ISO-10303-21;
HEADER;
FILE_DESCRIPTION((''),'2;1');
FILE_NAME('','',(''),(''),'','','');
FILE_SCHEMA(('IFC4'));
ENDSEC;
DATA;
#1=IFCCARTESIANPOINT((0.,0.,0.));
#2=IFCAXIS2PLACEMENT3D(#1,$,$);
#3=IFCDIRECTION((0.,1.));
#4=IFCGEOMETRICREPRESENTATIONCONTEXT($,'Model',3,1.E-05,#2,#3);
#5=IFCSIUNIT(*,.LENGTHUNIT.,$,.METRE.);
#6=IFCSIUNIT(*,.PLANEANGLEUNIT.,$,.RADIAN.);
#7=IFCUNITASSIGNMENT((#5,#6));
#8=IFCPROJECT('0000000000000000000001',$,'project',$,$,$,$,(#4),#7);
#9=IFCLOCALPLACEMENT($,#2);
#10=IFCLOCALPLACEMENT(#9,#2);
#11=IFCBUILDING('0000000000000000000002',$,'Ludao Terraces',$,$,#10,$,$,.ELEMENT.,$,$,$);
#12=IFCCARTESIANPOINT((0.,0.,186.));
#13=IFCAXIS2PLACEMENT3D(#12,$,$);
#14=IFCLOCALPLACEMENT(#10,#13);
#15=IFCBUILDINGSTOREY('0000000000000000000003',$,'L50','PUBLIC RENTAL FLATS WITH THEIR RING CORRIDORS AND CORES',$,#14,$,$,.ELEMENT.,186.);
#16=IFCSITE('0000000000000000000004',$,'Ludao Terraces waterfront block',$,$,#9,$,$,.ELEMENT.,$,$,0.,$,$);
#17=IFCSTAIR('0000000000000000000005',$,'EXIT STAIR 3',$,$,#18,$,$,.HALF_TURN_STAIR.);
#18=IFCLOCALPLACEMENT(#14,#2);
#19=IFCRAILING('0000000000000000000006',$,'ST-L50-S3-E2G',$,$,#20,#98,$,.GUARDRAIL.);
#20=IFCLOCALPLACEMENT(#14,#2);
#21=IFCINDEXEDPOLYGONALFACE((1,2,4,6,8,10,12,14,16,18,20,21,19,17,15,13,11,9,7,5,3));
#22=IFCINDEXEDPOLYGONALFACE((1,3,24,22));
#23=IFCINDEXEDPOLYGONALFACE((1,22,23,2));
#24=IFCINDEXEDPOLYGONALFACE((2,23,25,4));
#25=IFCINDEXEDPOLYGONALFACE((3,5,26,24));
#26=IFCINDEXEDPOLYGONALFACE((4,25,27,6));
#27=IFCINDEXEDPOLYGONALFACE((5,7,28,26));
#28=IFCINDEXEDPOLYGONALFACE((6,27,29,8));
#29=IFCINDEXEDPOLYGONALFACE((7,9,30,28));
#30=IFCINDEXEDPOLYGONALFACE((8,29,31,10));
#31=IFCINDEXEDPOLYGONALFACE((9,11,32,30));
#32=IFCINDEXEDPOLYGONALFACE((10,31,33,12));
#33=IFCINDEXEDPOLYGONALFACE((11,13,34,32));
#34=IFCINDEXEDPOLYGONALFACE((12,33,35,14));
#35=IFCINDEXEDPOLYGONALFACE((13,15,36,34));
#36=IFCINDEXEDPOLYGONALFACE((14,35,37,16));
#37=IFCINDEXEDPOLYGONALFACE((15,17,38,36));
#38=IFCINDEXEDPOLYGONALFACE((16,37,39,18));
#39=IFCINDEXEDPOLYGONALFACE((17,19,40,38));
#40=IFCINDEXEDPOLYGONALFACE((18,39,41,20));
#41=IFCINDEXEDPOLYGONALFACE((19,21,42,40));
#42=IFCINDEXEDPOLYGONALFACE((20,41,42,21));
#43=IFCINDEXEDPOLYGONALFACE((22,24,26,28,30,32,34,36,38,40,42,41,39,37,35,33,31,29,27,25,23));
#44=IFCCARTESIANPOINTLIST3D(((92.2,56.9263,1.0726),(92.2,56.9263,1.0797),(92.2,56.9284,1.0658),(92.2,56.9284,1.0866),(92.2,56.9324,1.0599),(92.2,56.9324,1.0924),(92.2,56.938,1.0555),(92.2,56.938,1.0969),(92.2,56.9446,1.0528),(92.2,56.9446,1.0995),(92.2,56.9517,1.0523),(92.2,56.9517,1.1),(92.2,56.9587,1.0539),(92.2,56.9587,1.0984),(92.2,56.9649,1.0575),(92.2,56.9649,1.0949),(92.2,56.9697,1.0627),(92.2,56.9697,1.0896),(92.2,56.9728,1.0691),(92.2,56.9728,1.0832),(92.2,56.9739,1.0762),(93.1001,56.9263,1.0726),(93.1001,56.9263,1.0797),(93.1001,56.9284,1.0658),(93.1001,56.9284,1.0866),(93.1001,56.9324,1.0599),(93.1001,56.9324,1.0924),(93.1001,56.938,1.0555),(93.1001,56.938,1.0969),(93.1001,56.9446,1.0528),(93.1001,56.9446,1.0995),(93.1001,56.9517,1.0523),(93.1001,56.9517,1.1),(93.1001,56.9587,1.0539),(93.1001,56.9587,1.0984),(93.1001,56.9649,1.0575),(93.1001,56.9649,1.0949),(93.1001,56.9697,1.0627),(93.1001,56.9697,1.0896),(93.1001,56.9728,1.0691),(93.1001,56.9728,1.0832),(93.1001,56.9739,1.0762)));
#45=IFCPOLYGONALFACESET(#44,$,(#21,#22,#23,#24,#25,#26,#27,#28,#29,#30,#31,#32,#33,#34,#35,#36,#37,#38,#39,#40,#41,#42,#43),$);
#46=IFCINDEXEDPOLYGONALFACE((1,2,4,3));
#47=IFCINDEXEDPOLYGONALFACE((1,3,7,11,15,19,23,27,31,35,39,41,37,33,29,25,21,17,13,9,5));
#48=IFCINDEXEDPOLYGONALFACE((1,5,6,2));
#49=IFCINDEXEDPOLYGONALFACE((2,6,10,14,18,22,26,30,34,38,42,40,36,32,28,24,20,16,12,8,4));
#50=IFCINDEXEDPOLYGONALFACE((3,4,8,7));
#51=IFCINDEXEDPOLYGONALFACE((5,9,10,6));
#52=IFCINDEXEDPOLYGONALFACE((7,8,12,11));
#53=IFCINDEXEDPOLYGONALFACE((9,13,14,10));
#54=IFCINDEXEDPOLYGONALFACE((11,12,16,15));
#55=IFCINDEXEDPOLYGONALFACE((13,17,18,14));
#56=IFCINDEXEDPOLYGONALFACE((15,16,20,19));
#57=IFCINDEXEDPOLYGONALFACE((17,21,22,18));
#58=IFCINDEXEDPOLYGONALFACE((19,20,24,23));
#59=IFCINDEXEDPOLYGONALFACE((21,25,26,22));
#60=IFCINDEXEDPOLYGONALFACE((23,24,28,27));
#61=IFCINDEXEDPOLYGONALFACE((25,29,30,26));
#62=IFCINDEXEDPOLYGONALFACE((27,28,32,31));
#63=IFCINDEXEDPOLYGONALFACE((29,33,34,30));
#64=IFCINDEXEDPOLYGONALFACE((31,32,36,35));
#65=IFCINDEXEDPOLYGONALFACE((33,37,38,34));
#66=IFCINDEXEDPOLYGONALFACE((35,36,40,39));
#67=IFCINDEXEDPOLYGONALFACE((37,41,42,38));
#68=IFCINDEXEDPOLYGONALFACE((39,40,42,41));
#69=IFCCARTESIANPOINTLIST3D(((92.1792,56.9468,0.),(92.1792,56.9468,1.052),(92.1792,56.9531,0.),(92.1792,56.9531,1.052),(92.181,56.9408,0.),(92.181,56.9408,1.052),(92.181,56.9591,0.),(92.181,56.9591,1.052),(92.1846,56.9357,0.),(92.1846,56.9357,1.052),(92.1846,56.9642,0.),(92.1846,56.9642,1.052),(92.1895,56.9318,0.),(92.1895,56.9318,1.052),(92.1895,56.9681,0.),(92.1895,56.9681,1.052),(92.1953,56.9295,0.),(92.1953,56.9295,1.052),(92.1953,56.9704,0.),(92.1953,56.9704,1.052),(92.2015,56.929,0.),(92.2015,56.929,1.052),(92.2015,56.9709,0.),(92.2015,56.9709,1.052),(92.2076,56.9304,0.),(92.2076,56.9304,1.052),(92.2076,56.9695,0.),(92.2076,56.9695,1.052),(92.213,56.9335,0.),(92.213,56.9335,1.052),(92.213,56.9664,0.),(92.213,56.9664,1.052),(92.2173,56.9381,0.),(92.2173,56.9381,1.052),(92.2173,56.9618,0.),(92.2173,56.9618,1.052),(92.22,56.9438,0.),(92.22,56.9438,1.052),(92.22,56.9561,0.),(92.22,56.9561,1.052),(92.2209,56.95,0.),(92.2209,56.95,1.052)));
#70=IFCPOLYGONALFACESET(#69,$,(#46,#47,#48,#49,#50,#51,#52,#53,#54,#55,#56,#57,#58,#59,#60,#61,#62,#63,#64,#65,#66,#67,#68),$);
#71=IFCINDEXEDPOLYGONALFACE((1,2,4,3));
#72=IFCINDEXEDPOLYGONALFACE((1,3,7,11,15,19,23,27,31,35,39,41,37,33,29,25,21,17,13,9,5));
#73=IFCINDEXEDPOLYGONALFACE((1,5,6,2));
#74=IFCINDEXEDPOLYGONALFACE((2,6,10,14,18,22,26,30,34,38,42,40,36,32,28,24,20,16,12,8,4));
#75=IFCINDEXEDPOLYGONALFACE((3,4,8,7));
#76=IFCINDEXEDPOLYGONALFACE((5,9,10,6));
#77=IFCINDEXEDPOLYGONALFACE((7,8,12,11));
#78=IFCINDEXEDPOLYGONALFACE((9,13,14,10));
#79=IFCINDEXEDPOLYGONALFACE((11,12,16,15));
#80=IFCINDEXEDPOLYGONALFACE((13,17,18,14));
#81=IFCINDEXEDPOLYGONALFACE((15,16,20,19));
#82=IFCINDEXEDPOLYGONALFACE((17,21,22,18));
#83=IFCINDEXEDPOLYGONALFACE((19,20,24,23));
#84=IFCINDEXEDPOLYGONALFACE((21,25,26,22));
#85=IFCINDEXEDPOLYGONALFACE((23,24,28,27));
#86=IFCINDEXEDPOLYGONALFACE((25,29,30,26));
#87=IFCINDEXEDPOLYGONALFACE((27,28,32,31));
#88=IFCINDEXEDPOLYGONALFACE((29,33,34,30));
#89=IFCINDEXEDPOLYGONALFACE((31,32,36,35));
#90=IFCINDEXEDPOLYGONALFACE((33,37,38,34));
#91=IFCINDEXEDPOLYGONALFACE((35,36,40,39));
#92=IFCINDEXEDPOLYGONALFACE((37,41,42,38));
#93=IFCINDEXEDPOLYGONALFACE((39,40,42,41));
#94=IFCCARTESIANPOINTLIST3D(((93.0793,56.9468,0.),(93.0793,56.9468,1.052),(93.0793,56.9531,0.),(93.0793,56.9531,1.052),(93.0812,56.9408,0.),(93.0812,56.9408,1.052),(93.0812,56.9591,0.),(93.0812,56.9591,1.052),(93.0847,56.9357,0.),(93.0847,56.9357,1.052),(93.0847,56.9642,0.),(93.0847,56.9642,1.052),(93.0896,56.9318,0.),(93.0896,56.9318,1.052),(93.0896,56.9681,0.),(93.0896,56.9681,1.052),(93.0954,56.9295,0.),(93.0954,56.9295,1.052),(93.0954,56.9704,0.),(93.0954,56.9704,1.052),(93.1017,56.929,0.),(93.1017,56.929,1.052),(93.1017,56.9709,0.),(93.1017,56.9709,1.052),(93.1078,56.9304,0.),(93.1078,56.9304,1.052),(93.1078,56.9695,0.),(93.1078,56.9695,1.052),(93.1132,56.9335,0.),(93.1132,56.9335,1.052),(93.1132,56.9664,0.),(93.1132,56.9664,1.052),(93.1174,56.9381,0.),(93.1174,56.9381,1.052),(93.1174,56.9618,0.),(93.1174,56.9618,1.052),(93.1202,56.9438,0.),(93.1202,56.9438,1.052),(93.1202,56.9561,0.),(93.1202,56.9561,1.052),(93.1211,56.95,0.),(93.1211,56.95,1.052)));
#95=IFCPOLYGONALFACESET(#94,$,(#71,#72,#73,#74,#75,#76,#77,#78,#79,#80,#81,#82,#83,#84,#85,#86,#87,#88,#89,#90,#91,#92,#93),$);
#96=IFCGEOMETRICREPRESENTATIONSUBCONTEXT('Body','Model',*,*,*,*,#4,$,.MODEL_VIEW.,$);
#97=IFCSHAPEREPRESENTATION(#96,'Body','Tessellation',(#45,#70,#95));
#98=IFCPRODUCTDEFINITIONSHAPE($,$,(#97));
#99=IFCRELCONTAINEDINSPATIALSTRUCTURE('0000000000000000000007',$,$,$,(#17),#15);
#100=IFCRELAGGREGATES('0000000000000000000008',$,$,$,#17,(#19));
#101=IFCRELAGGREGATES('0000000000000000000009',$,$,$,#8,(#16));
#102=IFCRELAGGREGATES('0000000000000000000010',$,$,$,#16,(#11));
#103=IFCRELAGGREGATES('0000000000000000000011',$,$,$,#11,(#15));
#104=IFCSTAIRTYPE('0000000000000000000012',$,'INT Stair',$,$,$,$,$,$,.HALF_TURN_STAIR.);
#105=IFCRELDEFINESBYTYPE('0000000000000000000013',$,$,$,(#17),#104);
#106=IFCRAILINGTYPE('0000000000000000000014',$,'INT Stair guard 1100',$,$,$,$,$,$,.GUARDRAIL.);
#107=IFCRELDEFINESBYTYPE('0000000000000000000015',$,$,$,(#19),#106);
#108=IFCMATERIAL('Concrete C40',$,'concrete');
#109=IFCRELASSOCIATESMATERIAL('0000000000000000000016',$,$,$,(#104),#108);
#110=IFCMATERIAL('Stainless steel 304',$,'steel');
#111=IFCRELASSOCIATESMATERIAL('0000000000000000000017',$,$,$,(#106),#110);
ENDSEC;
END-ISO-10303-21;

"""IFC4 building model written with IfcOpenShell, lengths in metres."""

from ifc_helpers import new_model, si_unit, direction, frame, origin, origin_2d, place, context, subcontext, project, spatial, circle, extrude, material, type_object, element, aggregate, save


model = new_model("IFC4")

# Units and contexts
model_context = context("Model", 3, precision=1e-05, world=origin(), true_north=direction((0.0, 1.0)))
body_context = subcontext(model_context, "Body", "Model", "MODEL_VIEW")
ifc_project = project(units=[si_unit("LENGTHUNIT", "METRE"), si_unit("PLANEANGLEUNIT", "RADIAN")], contexts=[model_context])

# Site, building, storey
site_placement = place(None, origin())
site = spatial("IfcSite", under=ifc_project, at=site_placement, Name="Ludao Terraces waterfront block", CompositionType="ELEMENT", RefElevation=0.0)
building_placement = place(site_placement, origin())
building = spatial("IfcBuilding", under=site, at=building_placement, Name="Ludao Terraces", CompositionType="ELEMENT")
storey_placement = place(building_placement, frame((0.0, 0.0, 186.0)))
storey = spatial("IfcBuildingStorey", under=building, at=storey_placement, Name="L50", Description="PUBLIC RENTAL FLATS WITH THEIR RING CORRIDORS AND CORES", CompositionType="ELEMENT", Elevation=186.0)

# Shared definitions
ifc_material_1 = material(Name="Concrete C40", Category="concrete")

# Stair, railing
stair_type = type_object("IfcStairType", Name="INT Stair", PredefinedType="HALF_TURN_STAIR", material=ifc_material_1)
stair_placement = place(storey_placement, origin())
stair = element("IfcStair", 1, at=stair_placement, inside=storey, type_object=stair_type, Name="EXIT STAIR 3", PredefinedType="HALF_TURN_STAIR")
ifc_material_2 = material(Name="Stainless steel 304", Category="steel")
railing_type_1 = type_object("IfcRailingType", Name="INT Stair guard 1100", PredefinedType="GUARDRAIL", material=ifc_material_2)
railing_1_placement = place(storey_placement, frame((92.2, 56.95, 0.0)))
railing_1 = element("IfcRailing", 2, at=railing_1_placement, type_object=railing_type_1, Name="ST-L50-S3-E2G", PredefinedType="GUARDRAIL", context=body_context, shape_type="SweptSolid", body=[
    extrude(circle(Radius=0.0239, at=origin_2d()), frame((0.0, 0.0, 1.0762), z_axis=(1.0, 0.0, 0.0), x_axis=(0.0, 1.0, 0.0)), (0.0, 0.0, 1.0), 0.9001),
    extrude(circle(Radius=0.021, at=origin_2d()), origin(), (0.0, 0.0, 1.0), 1.052),
    extrude(circle(Radius=0.021, at=origin_2d()), frame((0.9001, 0.0, 0.0)), (0.0, 0.0, 1.0), 1.052),
])
aggregate(stair, [railing_1])

save(model, "model.ifc")
